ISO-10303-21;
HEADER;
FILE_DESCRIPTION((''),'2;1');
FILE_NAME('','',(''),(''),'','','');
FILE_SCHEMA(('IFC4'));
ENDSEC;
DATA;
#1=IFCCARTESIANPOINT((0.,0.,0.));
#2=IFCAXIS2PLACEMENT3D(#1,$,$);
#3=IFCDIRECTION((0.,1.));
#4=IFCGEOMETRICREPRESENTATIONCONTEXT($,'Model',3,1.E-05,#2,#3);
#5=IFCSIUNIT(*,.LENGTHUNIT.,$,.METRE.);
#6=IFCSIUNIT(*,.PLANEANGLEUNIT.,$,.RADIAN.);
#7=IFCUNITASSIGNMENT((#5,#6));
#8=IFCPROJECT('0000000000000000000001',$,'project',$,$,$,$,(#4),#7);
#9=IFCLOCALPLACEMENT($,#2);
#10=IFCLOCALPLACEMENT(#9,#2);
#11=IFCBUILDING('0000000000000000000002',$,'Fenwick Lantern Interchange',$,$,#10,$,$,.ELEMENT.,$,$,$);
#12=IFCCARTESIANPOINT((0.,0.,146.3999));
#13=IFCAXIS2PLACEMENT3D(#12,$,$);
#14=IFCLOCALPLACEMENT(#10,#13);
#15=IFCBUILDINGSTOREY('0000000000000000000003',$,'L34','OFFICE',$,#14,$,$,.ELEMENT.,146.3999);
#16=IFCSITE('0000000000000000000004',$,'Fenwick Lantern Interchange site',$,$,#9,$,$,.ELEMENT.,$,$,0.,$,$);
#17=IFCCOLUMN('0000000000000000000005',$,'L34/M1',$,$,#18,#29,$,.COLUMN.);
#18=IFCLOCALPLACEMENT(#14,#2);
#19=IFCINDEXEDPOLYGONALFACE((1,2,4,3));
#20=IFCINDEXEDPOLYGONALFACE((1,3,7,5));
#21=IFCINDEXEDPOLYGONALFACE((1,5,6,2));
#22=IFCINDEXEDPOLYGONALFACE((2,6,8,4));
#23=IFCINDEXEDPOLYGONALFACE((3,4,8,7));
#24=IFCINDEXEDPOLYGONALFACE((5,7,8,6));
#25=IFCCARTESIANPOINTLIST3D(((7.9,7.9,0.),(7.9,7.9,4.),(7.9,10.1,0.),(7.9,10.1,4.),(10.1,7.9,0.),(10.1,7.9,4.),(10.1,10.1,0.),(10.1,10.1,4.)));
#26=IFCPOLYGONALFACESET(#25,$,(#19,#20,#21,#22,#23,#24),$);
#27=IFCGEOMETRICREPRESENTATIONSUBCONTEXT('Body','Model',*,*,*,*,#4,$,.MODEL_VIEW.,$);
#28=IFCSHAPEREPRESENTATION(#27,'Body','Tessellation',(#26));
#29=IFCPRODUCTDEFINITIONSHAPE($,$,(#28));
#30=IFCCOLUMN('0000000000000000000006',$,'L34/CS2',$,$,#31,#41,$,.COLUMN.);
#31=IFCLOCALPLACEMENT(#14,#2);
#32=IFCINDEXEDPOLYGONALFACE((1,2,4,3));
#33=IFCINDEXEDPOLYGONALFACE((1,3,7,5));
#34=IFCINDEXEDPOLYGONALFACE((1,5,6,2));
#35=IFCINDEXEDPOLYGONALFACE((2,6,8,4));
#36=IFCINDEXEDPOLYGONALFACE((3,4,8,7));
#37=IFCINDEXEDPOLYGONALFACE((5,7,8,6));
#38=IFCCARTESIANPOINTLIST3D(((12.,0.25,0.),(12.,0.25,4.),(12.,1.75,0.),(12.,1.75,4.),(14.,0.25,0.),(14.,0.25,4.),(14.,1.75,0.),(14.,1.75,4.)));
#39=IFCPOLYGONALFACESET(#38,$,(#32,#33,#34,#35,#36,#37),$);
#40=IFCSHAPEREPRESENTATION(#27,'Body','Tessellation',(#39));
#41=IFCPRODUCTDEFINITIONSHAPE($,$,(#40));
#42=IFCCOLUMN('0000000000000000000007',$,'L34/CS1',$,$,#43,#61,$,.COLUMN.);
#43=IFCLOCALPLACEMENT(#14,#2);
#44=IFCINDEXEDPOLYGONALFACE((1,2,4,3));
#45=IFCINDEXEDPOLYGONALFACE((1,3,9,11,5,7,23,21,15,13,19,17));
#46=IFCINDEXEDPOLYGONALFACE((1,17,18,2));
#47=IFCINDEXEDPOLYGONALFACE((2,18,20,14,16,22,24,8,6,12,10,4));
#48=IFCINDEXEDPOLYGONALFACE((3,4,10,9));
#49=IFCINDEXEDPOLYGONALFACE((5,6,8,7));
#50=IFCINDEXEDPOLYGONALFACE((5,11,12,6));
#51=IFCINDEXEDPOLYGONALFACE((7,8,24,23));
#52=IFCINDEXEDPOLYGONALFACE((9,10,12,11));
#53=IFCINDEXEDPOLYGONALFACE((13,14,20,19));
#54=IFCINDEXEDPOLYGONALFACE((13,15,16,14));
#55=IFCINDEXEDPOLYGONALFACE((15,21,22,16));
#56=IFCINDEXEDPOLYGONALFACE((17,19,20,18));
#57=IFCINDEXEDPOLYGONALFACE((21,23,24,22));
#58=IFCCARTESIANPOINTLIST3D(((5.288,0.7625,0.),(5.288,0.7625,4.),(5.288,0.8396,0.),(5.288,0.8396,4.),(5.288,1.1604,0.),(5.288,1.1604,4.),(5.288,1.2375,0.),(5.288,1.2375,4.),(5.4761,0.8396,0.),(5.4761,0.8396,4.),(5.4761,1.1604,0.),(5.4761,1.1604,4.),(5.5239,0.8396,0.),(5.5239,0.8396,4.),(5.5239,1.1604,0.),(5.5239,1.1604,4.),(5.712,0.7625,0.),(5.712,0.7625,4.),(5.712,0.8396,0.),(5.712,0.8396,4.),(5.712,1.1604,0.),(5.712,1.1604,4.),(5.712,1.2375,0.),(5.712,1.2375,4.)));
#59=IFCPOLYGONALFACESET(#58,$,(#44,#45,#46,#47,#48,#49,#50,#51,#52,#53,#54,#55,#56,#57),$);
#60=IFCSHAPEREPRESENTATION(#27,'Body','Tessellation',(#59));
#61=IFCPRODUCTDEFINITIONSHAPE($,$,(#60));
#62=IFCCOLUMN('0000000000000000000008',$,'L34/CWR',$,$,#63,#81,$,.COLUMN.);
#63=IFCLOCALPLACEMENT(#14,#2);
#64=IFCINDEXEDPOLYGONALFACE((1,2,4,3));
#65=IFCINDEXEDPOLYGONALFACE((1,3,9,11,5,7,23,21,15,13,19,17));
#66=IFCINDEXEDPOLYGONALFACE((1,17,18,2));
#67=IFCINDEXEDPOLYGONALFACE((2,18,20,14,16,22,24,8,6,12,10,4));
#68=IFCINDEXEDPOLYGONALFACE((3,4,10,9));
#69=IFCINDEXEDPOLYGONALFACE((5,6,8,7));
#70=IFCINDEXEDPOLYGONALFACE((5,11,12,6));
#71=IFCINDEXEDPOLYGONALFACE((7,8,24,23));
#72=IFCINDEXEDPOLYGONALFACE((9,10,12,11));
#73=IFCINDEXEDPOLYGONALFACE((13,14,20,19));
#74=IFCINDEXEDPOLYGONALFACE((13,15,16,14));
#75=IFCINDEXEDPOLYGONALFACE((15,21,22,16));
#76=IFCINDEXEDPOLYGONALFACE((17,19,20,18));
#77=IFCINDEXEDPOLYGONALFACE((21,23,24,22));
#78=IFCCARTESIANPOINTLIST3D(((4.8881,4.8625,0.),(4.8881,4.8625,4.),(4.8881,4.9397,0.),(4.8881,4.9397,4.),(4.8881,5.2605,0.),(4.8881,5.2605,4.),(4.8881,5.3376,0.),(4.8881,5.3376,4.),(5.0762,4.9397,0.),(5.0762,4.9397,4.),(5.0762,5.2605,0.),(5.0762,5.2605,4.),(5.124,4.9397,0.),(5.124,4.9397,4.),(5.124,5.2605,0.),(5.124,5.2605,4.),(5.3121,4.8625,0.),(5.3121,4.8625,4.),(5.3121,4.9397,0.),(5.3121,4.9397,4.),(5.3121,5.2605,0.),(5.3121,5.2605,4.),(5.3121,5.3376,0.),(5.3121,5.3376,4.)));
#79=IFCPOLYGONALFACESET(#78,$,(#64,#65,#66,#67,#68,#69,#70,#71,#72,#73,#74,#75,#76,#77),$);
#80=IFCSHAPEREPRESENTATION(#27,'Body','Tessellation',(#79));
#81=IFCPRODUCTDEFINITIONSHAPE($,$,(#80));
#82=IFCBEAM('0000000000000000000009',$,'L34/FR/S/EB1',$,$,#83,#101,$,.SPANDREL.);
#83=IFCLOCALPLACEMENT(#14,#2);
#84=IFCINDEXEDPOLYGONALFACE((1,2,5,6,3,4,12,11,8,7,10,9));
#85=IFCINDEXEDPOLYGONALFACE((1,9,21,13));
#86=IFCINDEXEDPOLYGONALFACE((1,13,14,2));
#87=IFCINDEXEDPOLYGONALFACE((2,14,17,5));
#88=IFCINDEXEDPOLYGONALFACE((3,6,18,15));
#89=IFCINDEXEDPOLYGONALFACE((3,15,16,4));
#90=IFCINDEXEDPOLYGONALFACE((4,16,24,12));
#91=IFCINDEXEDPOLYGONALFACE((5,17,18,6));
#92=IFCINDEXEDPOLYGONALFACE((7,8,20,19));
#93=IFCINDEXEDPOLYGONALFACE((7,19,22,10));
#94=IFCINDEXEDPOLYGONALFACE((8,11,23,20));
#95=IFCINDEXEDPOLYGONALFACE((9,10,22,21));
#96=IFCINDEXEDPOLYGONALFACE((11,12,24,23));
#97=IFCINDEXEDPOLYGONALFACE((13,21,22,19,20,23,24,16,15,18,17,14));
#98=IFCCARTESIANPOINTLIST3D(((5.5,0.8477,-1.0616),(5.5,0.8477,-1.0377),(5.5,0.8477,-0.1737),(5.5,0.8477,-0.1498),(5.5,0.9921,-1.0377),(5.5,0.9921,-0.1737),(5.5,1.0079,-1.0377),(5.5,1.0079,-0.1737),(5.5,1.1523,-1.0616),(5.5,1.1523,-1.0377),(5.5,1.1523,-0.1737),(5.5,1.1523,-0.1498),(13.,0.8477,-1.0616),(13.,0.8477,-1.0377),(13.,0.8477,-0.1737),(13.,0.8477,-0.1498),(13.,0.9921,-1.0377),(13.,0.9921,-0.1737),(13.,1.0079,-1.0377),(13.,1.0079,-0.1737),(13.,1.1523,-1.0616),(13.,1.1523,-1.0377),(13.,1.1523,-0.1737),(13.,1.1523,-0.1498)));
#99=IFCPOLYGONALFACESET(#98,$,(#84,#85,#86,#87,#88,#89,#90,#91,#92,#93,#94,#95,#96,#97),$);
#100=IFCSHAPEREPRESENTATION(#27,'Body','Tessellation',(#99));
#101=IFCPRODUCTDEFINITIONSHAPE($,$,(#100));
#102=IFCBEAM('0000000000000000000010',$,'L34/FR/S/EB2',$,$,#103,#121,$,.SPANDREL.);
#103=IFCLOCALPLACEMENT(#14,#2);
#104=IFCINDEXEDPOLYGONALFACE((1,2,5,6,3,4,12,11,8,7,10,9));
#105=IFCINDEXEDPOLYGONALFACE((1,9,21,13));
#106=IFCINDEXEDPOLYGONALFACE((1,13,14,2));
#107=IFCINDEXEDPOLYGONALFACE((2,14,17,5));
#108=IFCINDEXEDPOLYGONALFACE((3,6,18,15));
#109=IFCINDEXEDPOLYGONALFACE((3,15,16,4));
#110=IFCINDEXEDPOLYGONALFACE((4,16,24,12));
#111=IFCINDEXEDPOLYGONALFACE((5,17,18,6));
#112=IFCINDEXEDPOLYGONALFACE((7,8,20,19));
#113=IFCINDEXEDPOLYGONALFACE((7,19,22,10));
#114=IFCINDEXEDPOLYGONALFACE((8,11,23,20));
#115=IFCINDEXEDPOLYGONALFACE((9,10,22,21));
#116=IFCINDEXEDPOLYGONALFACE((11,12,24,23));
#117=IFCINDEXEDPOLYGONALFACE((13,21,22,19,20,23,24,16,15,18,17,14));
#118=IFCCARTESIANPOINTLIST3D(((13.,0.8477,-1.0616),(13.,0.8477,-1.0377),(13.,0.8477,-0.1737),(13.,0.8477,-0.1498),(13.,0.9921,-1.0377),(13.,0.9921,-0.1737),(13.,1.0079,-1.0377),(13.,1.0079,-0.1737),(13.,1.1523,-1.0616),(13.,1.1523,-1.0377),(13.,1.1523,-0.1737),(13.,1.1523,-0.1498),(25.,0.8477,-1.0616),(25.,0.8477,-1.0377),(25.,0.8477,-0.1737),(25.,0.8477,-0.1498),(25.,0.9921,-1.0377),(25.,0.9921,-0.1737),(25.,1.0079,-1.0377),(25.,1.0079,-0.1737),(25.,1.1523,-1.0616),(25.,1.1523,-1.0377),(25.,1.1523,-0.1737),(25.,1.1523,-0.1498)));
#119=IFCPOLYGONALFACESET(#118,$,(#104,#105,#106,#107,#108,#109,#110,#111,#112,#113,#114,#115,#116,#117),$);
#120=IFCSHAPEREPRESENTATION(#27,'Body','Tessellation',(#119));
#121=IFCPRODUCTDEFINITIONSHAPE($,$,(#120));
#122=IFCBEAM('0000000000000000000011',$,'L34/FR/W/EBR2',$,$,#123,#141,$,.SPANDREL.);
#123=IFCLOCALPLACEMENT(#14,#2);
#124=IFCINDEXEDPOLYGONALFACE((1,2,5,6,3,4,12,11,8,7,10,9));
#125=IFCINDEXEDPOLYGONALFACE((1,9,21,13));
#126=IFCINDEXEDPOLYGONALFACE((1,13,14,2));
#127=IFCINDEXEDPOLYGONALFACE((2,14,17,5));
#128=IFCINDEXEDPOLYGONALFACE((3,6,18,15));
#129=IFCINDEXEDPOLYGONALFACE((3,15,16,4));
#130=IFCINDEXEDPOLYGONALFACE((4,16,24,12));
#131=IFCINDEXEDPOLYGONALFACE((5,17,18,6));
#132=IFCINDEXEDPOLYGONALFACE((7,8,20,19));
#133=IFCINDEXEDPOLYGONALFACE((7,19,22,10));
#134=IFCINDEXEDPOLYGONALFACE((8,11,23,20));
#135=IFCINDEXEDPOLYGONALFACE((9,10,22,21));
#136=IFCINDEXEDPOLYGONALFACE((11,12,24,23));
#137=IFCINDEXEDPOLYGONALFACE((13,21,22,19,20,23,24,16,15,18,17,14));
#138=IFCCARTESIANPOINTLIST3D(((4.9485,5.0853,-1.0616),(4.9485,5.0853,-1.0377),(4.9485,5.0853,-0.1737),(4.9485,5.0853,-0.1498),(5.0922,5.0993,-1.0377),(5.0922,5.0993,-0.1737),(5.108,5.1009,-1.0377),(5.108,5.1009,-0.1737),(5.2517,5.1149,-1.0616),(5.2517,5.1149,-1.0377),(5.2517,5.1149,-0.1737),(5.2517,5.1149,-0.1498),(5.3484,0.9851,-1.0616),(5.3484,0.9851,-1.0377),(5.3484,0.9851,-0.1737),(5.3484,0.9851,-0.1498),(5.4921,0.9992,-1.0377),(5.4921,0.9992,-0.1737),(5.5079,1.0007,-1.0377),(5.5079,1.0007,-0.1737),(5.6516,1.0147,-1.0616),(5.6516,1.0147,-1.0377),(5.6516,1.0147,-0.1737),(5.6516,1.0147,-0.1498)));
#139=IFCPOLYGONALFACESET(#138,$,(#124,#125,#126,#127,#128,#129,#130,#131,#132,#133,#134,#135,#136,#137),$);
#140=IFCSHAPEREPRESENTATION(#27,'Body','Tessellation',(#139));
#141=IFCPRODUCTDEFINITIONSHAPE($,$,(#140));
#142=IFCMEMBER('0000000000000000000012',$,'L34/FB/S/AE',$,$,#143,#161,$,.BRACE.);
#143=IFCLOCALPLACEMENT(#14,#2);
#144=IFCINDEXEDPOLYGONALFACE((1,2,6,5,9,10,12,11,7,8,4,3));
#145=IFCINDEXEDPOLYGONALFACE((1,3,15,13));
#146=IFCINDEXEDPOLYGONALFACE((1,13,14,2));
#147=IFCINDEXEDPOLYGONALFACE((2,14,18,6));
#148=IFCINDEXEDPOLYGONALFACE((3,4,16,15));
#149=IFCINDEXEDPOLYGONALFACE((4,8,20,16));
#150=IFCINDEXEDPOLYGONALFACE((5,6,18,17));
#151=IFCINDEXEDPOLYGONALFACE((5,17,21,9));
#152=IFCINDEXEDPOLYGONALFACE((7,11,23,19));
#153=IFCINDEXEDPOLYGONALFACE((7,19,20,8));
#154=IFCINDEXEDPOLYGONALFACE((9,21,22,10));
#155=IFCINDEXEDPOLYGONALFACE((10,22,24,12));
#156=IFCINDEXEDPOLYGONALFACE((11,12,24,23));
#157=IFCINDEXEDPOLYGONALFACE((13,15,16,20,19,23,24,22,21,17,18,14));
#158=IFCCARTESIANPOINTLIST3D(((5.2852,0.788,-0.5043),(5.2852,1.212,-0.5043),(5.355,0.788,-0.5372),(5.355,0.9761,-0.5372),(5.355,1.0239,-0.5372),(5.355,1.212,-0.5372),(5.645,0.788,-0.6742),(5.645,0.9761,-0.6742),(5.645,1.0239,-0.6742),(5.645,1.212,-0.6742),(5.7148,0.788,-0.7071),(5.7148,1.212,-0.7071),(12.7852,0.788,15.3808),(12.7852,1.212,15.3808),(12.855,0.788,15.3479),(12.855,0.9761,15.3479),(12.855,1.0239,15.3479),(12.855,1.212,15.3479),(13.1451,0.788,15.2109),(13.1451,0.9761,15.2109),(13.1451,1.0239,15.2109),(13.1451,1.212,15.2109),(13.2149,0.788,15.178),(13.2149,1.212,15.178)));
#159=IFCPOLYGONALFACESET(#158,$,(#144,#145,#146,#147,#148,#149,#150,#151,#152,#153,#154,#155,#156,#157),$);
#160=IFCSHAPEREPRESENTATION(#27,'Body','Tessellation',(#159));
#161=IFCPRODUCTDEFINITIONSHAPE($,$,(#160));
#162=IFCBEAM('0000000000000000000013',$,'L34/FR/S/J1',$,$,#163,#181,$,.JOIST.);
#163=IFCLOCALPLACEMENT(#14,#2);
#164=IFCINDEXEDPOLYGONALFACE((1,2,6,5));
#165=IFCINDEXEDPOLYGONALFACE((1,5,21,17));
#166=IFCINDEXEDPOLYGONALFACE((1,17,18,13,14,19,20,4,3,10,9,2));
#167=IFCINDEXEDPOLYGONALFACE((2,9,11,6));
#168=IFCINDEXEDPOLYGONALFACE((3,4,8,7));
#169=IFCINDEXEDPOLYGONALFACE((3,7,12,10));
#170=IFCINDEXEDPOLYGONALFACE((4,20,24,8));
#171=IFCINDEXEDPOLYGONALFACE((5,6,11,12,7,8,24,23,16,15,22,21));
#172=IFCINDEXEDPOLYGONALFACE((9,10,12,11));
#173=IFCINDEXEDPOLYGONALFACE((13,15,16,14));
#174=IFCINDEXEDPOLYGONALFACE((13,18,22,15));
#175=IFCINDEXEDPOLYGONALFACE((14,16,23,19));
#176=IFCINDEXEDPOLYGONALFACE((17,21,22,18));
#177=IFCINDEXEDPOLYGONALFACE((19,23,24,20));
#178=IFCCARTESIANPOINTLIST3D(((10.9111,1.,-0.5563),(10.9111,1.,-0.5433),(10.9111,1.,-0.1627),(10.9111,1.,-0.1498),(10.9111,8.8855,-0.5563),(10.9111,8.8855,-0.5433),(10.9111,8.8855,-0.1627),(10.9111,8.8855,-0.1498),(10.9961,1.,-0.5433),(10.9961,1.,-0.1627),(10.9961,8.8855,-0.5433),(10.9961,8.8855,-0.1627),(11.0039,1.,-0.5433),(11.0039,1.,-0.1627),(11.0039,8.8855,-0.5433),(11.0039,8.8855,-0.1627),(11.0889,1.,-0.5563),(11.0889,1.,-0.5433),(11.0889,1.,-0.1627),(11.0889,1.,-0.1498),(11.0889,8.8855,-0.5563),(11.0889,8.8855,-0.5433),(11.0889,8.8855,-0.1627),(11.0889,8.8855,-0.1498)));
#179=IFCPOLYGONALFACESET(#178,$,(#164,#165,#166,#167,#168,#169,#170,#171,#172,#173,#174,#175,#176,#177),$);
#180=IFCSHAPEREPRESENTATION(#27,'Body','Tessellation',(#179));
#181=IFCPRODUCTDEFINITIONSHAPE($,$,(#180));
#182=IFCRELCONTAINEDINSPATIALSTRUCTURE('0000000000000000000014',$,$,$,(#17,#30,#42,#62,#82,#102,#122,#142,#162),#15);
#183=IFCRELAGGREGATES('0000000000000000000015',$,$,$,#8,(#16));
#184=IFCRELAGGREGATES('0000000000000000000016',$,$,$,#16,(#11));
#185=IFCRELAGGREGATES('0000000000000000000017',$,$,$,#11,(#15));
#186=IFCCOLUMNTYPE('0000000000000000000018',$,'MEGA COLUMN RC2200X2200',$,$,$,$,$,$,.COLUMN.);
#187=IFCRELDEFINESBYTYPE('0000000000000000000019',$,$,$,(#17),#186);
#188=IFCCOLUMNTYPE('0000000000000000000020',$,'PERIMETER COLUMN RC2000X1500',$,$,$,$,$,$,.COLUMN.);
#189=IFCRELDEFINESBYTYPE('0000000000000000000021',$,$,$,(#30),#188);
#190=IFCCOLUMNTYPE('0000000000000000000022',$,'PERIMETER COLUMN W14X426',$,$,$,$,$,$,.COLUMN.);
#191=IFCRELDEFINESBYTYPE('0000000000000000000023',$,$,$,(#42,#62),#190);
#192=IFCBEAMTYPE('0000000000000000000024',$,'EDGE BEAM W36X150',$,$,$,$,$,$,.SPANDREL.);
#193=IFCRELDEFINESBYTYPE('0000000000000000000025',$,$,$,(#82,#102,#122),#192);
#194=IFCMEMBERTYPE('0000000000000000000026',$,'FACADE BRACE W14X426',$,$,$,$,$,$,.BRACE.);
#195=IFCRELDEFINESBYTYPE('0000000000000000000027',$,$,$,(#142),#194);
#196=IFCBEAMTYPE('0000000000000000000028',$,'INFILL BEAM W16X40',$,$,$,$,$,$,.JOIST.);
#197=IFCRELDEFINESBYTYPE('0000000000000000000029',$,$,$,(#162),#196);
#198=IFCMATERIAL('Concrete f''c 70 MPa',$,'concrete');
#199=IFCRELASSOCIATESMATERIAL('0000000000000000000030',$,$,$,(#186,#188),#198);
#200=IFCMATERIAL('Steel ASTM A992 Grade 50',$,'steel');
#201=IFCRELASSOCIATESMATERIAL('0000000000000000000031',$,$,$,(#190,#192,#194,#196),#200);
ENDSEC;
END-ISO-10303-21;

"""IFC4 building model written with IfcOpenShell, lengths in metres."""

from ifc_helpers import new_model, si_unit, direction, frame, origin, origin_2d, place, context, subcontext, project, spatial, rectangle, i_section, extrude, material, material_profile, profile_set, type_object, element, save


model = new_model("IFC4")

# Units and contexts
model_context = context("Model", 3, precision=1e-05, world=origin(), true_north=direction((0.0, 1.0)))
body_context = subcontext(model_context, "Body", "Model", "MODEL_VIEW")
ifc_project = project(units=[si_unit("LENGTHUNIT", "METRE"), si_unit("PLANEANGLEUNIT", "RADIAN")], contexts=[model_context])

# Site, building, storey
site_placement = place(None, origin())
site = spatial("IfcSite", under=ifc_project, at=site_placement, Name="Fenwick Lantern Interchange site", CompositionType="ELEMENT", RefElevation=0.0)
building_placement = place(site_placement, origin())
building = spatial("IfcBuilding", under=site, at=building_placement, Name="Fenwick Lantern Interchange", CompositionType="ELEMENT")
storey_placement = place(building_placement, frame((0.0, 0.0, 146.3999)))
storey = spatial("IfcBuildingStorey", under=building, at=storey_placement, Name="L34", Description="OFFICE", CompositionType="ELEMENT", Elevation=146.3999)

# Columns
ifc_material_1 = material(Name="Concrete f'c 70 MPa", Category="concrete")
ifc_material_profile_1 = material_profile(ifc_material_1, rectangle(XDim=2.2, YDim=2.2, at=origin_2d()), Name="RC2200X2200")
ifc_profile_set_1 = profile_set([ifc_material_profile_1], Name="Concrete f'c 70 MPa")
column_type_1 = type_object("IfcColumnType", Name="MEGA COLUMN RC2200X2200", PredefinedType="COLUMN", material=ifc_profile_set_1)
column_1_placement = place(storey_placement, frame((9.0, 9.0, 0.0), z_axis=(0.0, 0.0, 1.0), x_axis=(1.0, 0.0, 0.0)))
element("IfcColumn", 1, at=column_1_placement, inside=storey, type_object=column_type_1, Name="L34/M1", PredefinedType="COLUMN", context=body_context, shape_type="SweptSolid", body=[
    extrude(rectangle(XDim=2.2, YDim=2.2, at=origin_2d()), origin(), (0.0, 0.0, 1.0), 4.0),
])
ifc_material_profile_2 = material_profile(ifc_material_1, rectangle(XDim=2.0, YDim=1.5, at=origin_2d()), Name="RC2000X1500")
ifc_profile_set_2 = profile_set([ifc_material_profile_2], Name="Concrete f'c 70 MPa")
column_type_2 = type_object("IfcColumnType", Name="PERIMETER COLUMN RC2000X1500", PredefinedType="COLUMN", material=ifc_profile_set_2)
column_2_placement = place(storey_placement, frame((13.0, 1.0, 0.0), z_axis=(0.0, 0.0, 1.0), x_axis=(1.0, 0.0, 0.0)))
element("IfcColumn", 2, at=column_2_placement, inside=storey, type_object=column_type_2, Name="L34/CS2", PredefinedType="COLUMN", context=body_context, shape_type="SweptSolid", body=[
    extrude(rectangle(XDim=2.0, YDim=1.5, at=origin_2d()), origin(), (0.0, 0.0, 1.0), 4.0),
])
ifc_material_2 = material(Name="Steel ASTM A992 Grade 50", Category="steel")
ifc_material_profile_3 = material_profile(ifc_material_2, i_section(OverallWidth=0.4241, OverallDepth=0.4751, WebThickness=0.0479, FlangeThickness=0.0771, at=origin_2d()), Name="W14X426")
ifc_profile_set_3 = profile_set([ifc_material_profile_3], Name="Steel ASTM A992 Grade 50")
column_type_3 = type_object("IfcColumnType", Name="PERIMETER COLUMN W14X426", PredefinedType="COLUMN", material=ifc_profile_set_3)
for number, where, z_axis, x_axis, name in (
    (3, (5.5, 1.0, 0.0), (0.0, 0.0, 1.0), (1.0, 0.0, 0.0), "L34/CS1"),
    (4, (5.1001, 5.1001, 0.0), (0.0, 0.0, 1.0), (1.0, 0.0, 0.0), "L34/CWR"),
):
    element("IfcColumn", number, at=place(storey_placement, frame(where, z_axis=z_axis, x_axis=x_axis)), inside=storey, type_object=column_type_3, Name=name, PredefinedType="COLUMN", context=body_context, shape_type="SweptSolid", body=[
        extrude(i_section(OverallWidth=0.4241, OverallDepth=0.4751, WebThickness=0.0479, FlangeThickness=0.0771, at=origin_2d()), origin(), (0.0, 0.0, 1.0), 4.0),
    ])

# Beams
ifc_material_profile_4 = material_profile(ifc_material_2, i_section(OverallWidth=0.3047, OverallDepth=0.9119, WebThickness=0.0159, FlangeThickness=0.0239, at=origin_2d()), Name="W36X150")
ifc_profile_set_4 = profile_set([ifc_material_profile_4], Name="Steel ASTM A992 Grade 50")
beam_type_1 = type_object("IfcBeamType", Name="EDGE BEAM W36X150", PredefinedType="SPANDREL", material=ifc_profile_set_4)
beam_1_placement = place(storey_placement, frame((5.5, 1.0, -0.6057), z_axis=(1.0, 0.0, 0.0), x_axis=(0.0, 1.0, 0.0)))
element("IfcBeam", 5, at=beam_1_placement, inside=storey, type_object=beam_type_1, Name="L34/FR/S/EB1", PredefinedType="SPANDREL", context=body_context, shape_type="SweptSolid", body=[
    extrude(i_section(OverallWidth=0.3047, OverallDepth=0.9119, WebThickness=0.0159, FlangeThickness=0.0239, at=origin_2d()), origin(), (0.0, 0.0, 1.0), 7.5),
])
beam_2_placement = place(storey_placement, frame((13.0, 1.0, -0.6057), z_axis=(1.0, 0.0, 0.0), x_axis=(0.0, 1.0, 0.0)))
element("IfcBeam", 6, at=beam_2_placement, inside=storey, type_object=beam_type_1, Name="L34/FR/S/EB2", PredefinedType="SPANDREL", context=body_context, shape_type="SweptSolid", body=[
    extrude(i_section(OverallWidth=0.3047, OverallDepth=0.9119, WebThickness=0.0159, FlangeThickness=0.0239, at=origin_2d()), origin(), (0.0, 0.0, 1.0), 12.0),
])
beam_3_placement = place(storey_placement, frame((5.1001, 5.1001, -0.6057), z_axis=(0.097074, -0.995277, 0.0), x_axis=(0.995277, 0.097074, 0.0)))
element("IfcBeam", 7, at=beam_3_placement, inside=storey, type_object=beam_type_1, Name="L34/FR/W/EBR2", PredefinedType="SPANDREL", context=body_context, shape_type="SweptSolid", body=[
    extrude(i_section(OverallWidth=0.3047, OverallDepth=0.9119, WebThickness=0.0159, FlangeThickness=0.0239, at=origin_2d()), origin(), (0.0, 0.0, 1.0), 4.1196),
])

# Member
ifc_material_profile_5 = material_profile(ifc_material_2, i_section(OverallWidth=0.4241, OverallDepth=0.4751, WebThickness=0.0479, FlangeThickness=0.0771, at=origin_2d()), Name="W14X426")
ifc_profile_set_5 = profile_set([ifc_material_profile_5], Name="Steel ASTM A992 Grade 50")
member_type_1 = type_object("IfcMemberType", Name="FACADE BRACE W14X426", PredefinedType="BRACE", material=ifc_profile_set_5)
member_1_placement = place(storey_placement, frame((5.5, 1.0, -0.6057), z_axis=(0.426948, 0.0, 0.904276), x_axis=(0.0, 1.0, 0.0)))
element("IfcMember", 8, at=member_1_placement, inside=storey, type_object=member_type_1, Name="L34/FB/S/AE", PredefinedType="BRACE", context=body_context, shape_type="SweptSolid", body=[
    extrude(i_section(OverallWidth=0.4241, OverallDepth=0.4751, WebThickness=0.0479, FlangeThickness=0.0771, at=origin_2d()), origin(), (0.0, 0.0, 1.0), 17.5667),
])

# Beam
ifc_material_profile_6 = material_profile(ifc_material_2, i_section(OverallWidth=0.1777, OverallDepth=0.4065, WebThickness=0.0078, FlangeThickness=0.0129, at=origin_2d()), Name="W16X40")
ifc_profile_set_6 = profile_set([ifc_material_profile_6], Name="Steel ASTM A992 Grade 50")
beam_type_2 = type_object("IfcBeamType", Name="INFILL BEAM W16X40", PredefinedType="JOIST", material=ifc_profile_set_6)
beam_4_placement = place(storey_placement, frame((11.0, 1.0, -0.353), z_axis=(0.0, 1.0, 0.0), x_axis=(-1.0, 0.0, 0.0)))
element("IfcBeam", 9, at=beam_4_placement, inside=storey, type_object=beam_type_2, Name="L34/FR/S/J1", PredefinedType="JOIST", context=body_context, shape_type="SweptSolid", body=[
    extrude(i_section(OverallWidth=0.1777, OverallDepth=0.4065, WebThickness=0.0078, FlangeThickness=0.0129, at=origin_2d()), origin(), (0.0, 0.0, 1.0), 7.8855),
])

save(model, "model.ifc")
